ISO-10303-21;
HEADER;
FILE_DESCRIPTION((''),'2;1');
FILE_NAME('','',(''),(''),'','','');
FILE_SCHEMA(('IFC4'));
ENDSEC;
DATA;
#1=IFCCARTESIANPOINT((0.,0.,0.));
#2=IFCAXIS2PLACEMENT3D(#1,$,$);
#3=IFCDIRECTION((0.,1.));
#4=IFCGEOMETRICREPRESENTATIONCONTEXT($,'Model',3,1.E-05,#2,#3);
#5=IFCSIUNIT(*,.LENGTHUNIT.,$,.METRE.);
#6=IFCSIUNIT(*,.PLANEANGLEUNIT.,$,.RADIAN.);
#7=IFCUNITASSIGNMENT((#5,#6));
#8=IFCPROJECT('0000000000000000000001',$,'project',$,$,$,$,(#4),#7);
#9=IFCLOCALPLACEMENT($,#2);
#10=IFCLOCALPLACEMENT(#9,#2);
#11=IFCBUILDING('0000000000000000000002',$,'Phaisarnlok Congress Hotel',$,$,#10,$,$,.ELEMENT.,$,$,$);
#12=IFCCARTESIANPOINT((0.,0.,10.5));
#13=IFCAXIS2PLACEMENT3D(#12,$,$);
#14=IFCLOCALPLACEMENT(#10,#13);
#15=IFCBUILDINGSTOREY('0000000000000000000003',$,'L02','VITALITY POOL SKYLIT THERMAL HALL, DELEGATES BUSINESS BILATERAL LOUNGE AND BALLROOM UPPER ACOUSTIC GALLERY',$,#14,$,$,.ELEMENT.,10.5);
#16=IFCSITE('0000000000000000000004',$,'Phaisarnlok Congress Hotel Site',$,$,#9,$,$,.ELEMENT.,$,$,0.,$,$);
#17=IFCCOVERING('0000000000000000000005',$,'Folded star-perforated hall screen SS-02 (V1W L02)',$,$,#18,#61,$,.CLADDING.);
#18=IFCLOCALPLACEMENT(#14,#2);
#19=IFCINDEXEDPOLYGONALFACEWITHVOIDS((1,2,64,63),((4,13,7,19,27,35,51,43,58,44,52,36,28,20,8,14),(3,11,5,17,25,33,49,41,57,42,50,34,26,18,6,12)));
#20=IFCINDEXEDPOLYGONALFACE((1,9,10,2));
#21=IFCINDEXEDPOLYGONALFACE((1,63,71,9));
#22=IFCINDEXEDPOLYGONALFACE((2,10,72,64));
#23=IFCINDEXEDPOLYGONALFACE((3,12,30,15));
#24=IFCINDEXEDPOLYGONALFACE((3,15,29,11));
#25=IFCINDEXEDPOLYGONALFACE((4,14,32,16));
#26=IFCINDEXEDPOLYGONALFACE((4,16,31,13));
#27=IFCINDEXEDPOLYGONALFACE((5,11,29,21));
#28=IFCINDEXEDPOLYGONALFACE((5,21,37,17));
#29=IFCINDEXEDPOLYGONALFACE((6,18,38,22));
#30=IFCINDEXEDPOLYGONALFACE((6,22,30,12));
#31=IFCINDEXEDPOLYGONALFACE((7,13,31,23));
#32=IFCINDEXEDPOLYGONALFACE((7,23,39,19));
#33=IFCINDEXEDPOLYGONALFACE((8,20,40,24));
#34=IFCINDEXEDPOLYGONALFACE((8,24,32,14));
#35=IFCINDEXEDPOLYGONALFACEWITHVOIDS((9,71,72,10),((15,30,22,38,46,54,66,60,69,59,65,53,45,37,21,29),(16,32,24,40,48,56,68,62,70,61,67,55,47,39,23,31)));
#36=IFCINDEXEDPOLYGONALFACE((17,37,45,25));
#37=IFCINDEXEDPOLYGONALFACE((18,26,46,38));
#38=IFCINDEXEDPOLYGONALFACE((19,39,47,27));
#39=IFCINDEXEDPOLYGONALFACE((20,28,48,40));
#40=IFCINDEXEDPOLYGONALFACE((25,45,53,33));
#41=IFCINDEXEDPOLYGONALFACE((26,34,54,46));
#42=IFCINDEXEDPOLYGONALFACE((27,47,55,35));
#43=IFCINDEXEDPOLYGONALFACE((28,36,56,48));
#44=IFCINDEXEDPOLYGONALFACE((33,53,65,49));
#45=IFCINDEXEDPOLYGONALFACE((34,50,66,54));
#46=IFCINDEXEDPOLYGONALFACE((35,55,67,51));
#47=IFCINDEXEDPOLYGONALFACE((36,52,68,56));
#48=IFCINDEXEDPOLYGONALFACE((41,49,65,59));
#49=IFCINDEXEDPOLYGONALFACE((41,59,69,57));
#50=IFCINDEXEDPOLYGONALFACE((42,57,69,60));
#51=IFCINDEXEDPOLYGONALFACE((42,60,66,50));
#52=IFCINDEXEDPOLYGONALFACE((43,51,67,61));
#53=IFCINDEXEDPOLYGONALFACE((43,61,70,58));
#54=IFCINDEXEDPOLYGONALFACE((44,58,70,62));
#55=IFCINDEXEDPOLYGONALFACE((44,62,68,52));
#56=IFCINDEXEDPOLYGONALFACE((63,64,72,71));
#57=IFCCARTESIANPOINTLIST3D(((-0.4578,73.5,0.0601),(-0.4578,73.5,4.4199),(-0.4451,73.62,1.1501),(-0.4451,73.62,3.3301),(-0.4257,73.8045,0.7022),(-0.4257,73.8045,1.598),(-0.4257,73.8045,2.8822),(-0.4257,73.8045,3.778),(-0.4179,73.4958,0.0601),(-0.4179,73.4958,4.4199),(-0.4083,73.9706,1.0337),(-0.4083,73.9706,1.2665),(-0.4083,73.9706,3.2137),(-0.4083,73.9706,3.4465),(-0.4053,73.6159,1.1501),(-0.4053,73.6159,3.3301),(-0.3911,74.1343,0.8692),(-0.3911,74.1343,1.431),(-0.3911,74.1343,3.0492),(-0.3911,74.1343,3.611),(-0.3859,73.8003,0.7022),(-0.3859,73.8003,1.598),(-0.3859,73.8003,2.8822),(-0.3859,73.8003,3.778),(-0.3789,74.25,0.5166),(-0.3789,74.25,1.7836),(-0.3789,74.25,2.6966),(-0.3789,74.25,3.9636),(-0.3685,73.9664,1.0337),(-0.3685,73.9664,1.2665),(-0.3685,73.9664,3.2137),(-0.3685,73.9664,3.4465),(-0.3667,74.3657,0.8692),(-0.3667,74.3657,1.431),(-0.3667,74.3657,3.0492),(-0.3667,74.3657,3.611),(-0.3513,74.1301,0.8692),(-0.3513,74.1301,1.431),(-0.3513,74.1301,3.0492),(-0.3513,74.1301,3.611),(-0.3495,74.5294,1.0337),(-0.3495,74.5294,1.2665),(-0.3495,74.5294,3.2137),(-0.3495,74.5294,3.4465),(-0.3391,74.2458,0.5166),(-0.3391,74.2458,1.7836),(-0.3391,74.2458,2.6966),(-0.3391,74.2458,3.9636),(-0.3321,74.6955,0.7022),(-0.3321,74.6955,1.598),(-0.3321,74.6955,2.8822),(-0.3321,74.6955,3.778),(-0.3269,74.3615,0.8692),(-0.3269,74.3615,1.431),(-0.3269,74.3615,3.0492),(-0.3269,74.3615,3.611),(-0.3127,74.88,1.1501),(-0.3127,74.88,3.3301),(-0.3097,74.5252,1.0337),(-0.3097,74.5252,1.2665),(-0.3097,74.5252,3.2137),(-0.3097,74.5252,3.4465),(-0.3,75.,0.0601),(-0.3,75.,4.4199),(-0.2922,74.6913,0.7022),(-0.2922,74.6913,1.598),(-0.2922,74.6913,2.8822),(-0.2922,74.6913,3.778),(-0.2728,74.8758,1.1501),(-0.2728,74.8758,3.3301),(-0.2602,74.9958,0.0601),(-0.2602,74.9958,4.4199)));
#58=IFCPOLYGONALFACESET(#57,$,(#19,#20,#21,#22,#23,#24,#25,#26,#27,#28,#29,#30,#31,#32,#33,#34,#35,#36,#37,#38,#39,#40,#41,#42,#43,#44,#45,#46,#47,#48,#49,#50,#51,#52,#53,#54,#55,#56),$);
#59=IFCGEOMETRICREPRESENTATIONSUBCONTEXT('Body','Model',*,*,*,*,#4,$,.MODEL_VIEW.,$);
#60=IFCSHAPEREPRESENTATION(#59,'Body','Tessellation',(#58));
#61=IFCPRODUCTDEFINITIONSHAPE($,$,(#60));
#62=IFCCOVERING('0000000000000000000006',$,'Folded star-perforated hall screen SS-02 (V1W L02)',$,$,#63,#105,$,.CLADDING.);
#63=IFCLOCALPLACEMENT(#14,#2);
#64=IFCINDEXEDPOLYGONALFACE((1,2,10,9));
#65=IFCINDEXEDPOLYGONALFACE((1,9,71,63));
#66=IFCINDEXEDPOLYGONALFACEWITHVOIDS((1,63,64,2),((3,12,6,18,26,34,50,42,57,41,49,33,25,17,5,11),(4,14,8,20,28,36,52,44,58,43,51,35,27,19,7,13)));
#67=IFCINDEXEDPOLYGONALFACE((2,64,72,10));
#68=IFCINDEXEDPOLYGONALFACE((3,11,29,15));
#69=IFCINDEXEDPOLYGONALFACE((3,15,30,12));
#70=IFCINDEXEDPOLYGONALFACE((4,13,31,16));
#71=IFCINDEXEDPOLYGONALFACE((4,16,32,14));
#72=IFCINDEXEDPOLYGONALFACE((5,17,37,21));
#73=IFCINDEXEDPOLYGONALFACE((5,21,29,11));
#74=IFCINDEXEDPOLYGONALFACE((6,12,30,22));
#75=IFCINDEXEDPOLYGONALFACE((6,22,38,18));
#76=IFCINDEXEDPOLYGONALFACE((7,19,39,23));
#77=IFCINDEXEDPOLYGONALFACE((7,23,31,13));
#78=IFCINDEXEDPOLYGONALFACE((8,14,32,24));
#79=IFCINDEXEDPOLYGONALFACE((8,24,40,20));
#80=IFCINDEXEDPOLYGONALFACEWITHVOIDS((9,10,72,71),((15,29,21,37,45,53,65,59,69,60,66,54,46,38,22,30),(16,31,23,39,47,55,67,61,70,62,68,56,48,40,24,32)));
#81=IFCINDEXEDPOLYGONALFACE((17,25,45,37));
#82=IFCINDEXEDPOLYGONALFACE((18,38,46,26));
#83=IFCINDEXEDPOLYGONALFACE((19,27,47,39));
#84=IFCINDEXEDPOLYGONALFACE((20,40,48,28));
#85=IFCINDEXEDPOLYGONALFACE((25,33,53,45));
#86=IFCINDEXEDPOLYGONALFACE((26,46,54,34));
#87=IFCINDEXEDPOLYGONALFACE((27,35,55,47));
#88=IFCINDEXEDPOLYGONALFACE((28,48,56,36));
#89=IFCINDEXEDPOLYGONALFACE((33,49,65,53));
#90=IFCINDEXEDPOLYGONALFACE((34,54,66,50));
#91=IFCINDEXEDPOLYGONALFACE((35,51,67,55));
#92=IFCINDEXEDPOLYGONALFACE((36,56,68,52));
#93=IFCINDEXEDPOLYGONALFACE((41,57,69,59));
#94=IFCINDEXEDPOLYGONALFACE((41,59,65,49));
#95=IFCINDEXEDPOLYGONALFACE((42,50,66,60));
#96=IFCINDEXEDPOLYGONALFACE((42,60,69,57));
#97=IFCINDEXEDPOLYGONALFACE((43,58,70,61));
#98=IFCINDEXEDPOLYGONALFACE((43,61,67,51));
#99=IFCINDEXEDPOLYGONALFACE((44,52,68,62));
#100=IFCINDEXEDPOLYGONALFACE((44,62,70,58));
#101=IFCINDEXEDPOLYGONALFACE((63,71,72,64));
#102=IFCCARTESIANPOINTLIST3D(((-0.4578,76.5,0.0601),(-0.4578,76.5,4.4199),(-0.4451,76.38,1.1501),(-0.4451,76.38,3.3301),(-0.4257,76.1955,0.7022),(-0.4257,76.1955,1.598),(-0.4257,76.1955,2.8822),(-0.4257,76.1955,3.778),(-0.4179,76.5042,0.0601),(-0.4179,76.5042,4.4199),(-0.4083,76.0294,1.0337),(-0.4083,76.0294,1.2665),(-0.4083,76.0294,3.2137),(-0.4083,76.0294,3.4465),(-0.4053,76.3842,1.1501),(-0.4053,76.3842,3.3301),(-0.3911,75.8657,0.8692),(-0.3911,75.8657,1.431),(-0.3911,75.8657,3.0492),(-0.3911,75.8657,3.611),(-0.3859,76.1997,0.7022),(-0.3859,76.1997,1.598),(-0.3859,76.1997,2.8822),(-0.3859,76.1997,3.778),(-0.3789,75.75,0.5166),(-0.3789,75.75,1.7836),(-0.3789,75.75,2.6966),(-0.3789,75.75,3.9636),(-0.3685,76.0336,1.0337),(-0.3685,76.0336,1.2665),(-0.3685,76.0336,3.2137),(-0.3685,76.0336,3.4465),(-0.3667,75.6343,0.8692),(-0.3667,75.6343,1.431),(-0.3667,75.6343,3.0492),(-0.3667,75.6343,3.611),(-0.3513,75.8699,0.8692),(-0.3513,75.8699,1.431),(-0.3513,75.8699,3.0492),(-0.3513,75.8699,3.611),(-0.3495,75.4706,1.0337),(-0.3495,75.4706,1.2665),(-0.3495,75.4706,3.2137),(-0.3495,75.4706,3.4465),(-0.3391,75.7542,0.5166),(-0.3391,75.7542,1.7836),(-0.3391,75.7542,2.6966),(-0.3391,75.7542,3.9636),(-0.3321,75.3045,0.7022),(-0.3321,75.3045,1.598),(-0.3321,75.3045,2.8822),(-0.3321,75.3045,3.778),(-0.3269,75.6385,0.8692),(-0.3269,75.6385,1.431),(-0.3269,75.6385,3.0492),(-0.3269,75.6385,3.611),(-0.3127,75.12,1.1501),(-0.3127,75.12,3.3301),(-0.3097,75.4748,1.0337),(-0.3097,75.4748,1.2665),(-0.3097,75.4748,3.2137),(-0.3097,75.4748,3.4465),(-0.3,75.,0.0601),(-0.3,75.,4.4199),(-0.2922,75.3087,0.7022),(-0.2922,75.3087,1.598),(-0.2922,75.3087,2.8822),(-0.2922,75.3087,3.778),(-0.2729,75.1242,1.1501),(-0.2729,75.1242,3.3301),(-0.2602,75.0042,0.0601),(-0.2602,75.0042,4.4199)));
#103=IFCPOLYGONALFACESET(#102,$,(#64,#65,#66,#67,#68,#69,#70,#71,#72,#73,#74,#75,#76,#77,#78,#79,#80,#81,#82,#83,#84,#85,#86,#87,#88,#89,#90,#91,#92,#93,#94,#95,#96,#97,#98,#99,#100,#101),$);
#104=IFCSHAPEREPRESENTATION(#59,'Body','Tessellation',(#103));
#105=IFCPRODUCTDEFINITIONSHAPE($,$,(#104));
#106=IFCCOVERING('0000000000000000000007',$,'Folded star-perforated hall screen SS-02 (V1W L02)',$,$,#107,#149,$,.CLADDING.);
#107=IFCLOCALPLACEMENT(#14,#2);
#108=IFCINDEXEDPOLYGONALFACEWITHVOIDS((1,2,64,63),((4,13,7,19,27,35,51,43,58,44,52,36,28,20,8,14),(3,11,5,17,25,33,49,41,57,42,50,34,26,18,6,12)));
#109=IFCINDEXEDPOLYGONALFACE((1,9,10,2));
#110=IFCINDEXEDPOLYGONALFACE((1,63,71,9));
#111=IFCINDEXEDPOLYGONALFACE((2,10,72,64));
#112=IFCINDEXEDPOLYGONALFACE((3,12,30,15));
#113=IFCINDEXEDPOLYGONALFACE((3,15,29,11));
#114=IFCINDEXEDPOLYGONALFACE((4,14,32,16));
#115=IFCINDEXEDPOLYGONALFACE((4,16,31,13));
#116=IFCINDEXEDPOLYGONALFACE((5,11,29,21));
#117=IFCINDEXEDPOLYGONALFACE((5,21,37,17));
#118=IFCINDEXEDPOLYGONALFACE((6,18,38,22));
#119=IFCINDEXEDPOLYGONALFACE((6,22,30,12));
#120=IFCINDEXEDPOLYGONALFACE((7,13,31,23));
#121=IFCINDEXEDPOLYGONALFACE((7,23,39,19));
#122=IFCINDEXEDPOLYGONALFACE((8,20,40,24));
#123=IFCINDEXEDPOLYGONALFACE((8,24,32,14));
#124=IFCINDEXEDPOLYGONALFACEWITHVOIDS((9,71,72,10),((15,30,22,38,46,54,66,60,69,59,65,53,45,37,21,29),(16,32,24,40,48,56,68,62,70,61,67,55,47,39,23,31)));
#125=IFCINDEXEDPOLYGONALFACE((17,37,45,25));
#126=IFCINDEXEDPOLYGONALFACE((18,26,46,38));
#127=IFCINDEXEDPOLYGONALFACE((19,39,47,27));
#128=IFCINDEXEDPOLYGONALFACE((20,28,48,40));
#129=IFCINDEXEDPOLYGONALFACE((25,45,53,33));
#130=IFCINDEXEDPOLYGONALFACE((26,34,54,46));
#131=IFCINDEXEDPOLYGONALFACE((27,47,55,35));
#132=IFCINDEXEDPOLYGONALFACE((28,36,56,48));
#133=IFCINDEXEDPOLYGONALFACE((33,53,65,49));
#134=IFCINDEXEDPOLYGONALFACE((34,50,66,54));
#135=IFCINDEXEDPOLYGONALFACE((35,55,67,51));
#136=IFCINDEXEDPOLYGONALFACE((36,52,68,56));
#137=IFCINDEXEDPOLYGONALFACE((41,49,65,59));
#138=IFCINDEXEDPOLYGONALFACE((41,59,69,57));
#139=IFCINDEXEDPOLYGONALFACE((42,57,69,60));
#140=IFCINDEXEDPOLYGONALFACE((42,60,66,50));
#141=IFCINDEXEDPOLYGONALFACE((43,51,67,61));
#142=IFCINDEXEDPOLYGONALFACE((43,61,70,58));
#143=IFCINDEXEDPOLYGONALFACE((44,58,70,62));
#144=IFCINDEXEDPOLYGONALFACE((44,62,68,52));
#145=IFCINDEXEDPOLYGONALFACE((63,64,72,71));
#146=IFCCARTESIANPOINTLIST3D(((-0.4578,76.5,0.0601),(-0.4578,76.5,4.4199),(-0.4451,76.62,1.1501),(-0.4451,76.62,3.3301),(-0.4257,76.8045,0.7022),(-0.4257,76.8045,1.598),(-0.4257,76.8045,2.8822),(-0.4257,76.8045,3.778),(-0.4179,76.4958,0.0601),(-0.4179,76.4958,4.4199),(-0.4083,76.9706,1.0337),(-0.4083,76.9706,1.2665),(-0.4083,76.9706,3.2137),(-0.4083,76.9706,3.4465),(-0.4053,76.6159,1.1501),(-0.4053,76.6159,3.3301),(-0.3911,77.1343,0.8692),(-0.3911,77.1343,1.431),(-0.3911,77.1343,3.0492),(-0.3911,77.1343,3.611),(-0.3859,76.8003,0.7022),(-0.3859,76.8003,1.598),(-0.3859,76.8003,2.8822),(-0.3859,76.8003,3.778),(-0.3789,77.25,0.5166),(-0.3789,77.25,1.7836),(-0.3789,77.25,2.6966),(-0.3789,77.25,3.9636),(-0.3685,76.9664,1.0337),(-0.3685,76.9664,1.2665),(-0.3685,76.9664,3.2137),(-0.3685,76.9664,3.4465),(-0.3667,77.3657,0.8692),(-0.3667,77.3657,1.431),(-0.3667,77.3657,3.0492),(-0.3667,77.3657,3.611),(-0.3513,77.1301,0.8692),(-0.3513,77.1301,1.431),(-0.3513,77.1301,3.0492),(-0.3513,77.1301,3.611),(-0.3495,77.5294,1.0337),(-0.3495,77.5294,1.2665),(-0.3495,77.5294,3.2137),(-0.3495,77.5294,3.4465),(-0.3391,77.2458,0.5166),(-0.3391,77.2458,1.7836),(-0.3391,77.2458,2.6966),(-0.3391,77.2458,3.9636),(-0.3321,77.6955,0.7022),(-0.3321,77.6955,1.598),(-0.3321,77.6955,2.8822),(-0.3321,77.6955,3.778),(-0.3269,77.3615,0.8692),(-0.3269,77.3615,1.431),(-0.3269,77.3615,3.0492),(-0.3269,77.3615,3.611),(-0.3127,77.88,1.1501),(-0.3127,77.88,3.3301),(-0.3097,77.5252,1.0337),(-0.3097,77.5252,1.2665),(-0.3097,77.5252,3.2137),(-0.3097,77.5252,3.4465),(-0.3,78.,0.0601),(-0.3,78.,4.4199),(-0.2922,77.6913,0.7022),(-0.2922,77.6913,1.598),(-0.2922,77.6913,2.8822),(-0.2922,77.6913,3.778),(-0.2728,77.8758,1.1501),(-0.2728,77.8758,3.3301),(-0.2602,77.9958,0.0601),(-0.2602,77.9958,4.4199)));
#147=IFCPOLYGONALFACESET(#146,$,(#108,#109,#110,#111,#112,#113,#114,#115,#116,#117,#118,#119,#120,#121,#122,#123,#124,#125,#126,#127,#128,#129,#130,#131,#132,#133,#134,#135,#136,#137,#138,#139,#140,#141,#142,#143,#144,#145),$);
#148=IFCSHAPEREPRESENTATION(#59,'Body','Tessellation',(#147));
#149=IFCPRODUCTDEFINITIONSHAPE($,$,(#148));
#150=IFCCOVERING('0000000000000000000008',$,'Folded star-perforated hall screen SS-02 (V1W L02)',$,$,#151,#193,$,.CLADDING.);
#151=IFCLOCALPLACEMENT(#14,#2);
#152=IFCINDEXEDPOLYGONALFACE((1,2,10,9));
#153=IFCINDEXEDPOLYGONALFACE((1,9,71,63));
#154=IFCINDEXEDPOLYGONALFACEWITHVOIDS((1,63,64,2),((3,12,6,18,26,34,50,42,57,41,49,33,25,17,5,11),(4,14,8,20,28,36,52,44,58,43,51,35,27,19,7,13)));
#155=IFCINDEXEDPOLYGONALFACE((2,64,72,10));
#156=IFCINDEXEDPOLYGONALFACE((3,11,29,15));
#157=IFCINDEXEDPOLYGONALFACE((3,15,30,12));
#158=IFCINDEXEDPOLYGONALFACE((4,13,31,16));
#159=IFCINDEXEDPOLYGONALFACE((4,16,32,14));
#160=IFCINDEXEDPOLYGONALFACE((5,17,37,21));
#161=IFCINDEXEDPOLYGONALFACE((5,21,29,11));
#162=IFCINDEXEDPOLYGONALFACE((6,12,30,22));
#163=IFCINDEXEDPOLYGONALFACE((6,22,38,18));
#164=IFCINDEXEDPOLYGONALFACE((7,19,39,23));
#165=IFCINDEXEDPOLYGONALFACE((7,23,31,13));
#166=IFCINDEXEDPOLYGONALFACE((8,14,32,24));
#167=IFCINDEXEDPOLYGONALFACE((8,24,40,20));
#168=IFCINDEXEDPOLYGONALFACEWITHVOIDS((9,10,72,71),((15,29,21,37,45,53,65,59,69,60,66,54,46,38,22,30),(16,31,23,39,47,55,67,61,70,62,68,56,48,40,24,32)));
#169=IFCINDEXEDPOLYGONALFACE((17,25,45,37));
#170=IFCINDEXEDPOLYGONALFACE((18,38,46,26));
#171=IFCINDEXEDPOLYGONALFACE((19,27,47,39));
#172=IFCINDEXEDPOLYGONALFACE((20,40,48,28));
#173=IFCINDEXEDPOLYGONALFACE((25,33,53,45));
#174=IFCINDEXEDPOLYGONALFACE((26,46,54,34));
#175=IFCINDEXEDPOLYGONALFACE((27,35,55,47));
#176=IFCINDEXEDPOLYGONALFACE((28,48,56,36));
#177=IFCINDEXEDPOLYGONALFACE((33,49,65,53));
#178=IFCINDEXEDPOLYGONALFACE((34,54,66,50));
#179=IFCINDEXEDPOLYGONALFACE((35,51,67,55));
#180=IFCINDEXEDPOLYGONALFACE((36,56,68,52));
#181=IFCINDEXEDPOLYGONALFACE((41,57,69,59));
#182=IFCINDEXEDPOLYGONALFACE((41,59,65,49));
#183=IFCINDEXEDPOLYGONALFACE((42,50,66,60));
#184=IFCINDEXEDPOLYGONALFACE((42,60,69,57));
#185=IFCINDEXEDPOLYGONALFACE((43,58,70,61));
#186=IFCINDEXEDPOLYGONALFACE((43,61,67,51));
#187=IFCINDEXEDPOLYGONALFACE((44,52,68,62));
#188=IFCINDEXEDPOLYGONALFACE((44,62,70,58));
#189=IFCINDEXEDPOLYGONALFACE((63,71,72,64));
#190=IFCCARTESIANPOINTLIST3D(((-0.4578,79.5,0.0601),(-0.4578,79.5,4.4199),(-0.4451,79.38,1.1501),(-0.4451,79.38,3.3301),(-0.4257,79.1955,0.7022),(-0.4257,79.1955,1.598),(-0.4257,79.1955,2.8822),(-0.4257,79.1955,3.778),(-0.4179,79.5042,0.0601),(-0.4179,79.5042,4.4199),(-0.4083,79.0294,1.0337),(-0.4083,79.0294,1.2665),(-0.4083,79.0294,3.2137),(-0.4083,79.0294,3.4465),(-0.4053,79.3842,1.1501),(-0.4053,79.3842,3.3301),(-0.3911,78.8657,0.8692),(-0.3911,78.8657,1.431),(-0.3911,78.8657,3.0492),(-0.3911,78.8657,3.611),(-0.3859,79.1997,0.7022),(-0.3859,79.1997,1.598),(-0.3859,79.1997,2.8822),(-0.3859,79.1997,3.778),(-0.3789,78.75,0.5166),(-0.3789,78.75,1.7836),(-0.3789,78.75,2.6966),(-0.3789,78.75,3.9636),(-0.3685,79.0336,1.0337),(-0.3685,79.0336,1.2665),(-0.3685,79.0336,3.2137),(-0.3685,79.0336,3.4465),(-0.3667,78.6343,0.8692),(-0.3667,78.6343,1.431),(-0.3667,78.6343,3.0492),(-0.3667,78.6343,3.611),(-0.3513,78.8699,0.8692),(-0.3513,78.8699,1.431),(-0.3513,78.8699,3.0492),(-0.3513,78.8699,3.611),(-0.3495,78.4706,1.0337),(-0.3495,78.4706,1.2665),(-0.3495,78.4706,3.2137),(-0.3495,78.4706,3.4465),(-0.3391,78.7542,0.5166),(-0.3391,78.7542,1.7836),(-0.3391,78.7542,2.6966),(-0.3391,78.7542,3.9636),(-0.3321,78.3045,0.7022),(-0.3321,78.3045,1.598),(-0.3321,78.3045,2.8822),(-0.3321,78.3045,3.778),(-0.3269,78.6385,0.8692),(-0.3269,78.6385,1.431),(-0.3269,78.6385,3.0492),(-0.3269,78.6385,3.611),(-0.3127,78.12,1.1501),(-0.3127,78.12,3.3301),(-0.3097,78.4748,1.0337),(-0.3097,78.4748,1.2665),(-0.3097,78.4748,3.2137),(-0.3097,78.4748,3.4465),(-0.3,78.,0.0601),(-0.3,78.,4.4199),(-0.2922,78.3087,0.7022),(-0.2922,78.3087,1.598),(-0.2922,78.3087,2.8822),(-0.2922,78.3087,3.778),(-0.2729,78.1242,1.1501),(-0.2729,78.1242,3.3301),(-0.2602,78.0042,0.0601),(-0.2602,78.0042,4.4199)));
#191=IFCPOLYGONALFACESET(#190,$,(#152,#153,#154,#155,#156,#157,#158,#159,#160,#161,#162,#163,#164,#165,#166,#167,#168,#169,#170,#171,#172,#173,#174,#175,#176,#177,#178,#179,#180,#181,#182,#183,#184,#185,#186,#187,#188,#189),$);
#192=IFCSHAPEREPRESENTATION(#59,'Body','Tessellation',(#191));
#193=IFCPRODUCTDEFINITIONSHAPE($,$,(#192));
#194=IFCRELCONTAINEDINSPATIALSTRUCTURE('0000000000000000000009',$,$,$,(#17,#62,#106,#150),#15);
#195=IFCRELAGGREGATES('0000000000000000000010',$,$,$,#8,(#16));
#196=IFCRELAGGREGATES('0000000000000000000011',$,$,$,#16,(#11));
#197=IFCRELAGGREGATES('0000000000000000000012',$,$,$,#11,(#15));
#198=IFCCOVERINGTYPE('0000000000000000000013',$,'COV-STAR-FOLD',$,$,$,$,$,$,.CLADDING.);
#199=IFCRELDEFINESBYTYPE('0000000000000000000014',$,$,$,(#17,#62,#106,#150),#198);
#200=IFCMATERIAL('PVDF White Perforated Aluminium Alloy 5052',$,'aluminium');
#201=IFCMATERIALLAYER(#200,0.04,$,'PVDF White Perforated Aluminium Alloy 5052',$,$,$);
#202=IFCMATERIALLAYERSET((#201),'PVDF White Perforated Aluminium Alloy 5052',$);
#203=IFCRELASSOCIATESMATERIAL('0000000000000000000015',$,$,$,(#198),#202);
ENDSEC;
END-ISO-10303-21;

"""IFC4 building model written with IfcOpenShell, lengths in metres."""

from ifc_helpers import new_model, si_unit, direction, frame, origin, place, context, subcontext, project, spatial, polyline, outline, extrude, material, layer, layer_set, type_object, element, save


model = new_model("IFC4")

# Units and contexts
model_context = context("Model", 3, precision=1e-05, world=origin(), true_north=direction((0.0, 1.0)))
body_context = subcontext(model_context, "Body", "Model", "MODEL_VIEW")
ifc_project = project(units=[si_unit("LENGTHUNIT", "METRE"), si_unit("PLANEANGLEUNIT", "RADIAN")], contexts=[model_context])

# Site, building, storey
site_placement = place(None, origin())
site = spatial("IfcSite", under=ifc_project, at=site_placement, Name="Phaisarnlok Congress Hotel Site", CompositionType="ELEMENT", RefElevation=0.0)
building_placement = place(site_placement, origin())
building = spatial("IfcBuilding", under=site, at=building_placement, Name="Phaisarnlok Congress Hotel", CompositionType="ELEMENT")
storey_placement = place(building_placement, frame((0.0, 0.0, 10.5)))
storey = spatial("IfcBuildingStorey", under=building, at=storey_placement, Name="L02", Description="VITALITY POOL SKYLIT THERMAL HALL, DELEGATES BUSINESS BILATERAL LOUNGE AND BALLROOM UPPER ACOUSTIC GALLERY", CompositionType="ELEMENT", Elevation=10.5)

# Coverings
ifc_material_1 = material(Name="PVDF White Perforated Aluminium Alloy 5052", Category="aluminium")
ifc_layer = layer(ifc_material_1, 0.04, Name="PVDF White Perforated Aluminium Alloy 5052")
ifc_layer_set = layer_set([ifc_layer], Name="PVDF White Perforated Aluminium Alloy 5052")
covering_type = type_object("IfcCoveringType", Name="COV-STAR-FOLD", PredefinedType="CLADDING", material=ifc_layer_set)
for number, where, z_axis, x_axis, name in (
    (1, (-0.4578, 73.5, 0.0601), (0.994518, -0.104567, 0.0), (0.104567, 0.994518, 0.0), "Folded star-perforated hall screen SS-02 (V1W L02)"),
    (2, (-0.3, 75.0, 0.0601), (0.994518, 0.104567, 0.0), (-0.104567, 0.994518, 0.0), "Folded star-perforated hall screen SS-02 (V1W L02)"),
    (3, (-0.4578, 76.5, 0.0601), (0.994518, -0.104567, 0.0), (0.104567, 0.994518, 0.0), "Folded star-perforated hall screen SS-02 (V1W L02)"),
    (4, (-0.3, 78.0, 0.0601), (0.994518, 0.104567, 0.0), (-0.104567, 0.994518, 0.0), "Folded star-perforated hall screen SS-02 (V1W L02)"),
):
    element("IfcCovering", number, at=place(storey_placement, frame(where, z_axis=z_axis, x_axis=x_axis)), inside=storey, type_object=covering_type, Name=name, PredefinedType="CLADDING", context=body_context, shape_type="SweptSolid", body=[
        extrude(outline(polyline([(0.0, 0.0), (1.5083, 0.0), (1.5083, 4.3599), (0.0, 4.3599), (0.0, 0.0)]), holes=[polyline([(1.0351, 0.9736), (1.2021, 0.6421), (0.8705, 0.8091), (0.7541, 0.4565), (0.6378, 0.8091), (0.3062, 0.6421), (0.4732, 0.9736), (0.1207, 1.09), (0.4732, 1.2064), (0.3062, 1.5379), (0.6378, 1.3709), (0.7541, 1.7235), (0.8705, 1.3709), (1.2021, 1.5379), (1.0351, 1.2064), (1.3876, 1.09), (1.0351, 0.9736)]), polyline([(1.0351, 3.1536), (1.2021, 2.8221), (0.8705, 2.9891), (0.7541, 2.6365), (0.6378, 2.9891), (0.3062, 2.8221), (0.4732, 3.1536), (0.1207, 3.27), (0.4732, 3.3864), (0.3062, 3.7179), (0.6378, 3.5509), (0.7541, 3.9035), (0.8705, 3.5509), (1.2021, 3.7179), (1.0351, 3.3864), (1.3876, 3.27), (1.0351, 3.1536)])]), origin(), (0.0, 0.0, 1.0), 0.04),
    ])

save(model, "model.ifc")
